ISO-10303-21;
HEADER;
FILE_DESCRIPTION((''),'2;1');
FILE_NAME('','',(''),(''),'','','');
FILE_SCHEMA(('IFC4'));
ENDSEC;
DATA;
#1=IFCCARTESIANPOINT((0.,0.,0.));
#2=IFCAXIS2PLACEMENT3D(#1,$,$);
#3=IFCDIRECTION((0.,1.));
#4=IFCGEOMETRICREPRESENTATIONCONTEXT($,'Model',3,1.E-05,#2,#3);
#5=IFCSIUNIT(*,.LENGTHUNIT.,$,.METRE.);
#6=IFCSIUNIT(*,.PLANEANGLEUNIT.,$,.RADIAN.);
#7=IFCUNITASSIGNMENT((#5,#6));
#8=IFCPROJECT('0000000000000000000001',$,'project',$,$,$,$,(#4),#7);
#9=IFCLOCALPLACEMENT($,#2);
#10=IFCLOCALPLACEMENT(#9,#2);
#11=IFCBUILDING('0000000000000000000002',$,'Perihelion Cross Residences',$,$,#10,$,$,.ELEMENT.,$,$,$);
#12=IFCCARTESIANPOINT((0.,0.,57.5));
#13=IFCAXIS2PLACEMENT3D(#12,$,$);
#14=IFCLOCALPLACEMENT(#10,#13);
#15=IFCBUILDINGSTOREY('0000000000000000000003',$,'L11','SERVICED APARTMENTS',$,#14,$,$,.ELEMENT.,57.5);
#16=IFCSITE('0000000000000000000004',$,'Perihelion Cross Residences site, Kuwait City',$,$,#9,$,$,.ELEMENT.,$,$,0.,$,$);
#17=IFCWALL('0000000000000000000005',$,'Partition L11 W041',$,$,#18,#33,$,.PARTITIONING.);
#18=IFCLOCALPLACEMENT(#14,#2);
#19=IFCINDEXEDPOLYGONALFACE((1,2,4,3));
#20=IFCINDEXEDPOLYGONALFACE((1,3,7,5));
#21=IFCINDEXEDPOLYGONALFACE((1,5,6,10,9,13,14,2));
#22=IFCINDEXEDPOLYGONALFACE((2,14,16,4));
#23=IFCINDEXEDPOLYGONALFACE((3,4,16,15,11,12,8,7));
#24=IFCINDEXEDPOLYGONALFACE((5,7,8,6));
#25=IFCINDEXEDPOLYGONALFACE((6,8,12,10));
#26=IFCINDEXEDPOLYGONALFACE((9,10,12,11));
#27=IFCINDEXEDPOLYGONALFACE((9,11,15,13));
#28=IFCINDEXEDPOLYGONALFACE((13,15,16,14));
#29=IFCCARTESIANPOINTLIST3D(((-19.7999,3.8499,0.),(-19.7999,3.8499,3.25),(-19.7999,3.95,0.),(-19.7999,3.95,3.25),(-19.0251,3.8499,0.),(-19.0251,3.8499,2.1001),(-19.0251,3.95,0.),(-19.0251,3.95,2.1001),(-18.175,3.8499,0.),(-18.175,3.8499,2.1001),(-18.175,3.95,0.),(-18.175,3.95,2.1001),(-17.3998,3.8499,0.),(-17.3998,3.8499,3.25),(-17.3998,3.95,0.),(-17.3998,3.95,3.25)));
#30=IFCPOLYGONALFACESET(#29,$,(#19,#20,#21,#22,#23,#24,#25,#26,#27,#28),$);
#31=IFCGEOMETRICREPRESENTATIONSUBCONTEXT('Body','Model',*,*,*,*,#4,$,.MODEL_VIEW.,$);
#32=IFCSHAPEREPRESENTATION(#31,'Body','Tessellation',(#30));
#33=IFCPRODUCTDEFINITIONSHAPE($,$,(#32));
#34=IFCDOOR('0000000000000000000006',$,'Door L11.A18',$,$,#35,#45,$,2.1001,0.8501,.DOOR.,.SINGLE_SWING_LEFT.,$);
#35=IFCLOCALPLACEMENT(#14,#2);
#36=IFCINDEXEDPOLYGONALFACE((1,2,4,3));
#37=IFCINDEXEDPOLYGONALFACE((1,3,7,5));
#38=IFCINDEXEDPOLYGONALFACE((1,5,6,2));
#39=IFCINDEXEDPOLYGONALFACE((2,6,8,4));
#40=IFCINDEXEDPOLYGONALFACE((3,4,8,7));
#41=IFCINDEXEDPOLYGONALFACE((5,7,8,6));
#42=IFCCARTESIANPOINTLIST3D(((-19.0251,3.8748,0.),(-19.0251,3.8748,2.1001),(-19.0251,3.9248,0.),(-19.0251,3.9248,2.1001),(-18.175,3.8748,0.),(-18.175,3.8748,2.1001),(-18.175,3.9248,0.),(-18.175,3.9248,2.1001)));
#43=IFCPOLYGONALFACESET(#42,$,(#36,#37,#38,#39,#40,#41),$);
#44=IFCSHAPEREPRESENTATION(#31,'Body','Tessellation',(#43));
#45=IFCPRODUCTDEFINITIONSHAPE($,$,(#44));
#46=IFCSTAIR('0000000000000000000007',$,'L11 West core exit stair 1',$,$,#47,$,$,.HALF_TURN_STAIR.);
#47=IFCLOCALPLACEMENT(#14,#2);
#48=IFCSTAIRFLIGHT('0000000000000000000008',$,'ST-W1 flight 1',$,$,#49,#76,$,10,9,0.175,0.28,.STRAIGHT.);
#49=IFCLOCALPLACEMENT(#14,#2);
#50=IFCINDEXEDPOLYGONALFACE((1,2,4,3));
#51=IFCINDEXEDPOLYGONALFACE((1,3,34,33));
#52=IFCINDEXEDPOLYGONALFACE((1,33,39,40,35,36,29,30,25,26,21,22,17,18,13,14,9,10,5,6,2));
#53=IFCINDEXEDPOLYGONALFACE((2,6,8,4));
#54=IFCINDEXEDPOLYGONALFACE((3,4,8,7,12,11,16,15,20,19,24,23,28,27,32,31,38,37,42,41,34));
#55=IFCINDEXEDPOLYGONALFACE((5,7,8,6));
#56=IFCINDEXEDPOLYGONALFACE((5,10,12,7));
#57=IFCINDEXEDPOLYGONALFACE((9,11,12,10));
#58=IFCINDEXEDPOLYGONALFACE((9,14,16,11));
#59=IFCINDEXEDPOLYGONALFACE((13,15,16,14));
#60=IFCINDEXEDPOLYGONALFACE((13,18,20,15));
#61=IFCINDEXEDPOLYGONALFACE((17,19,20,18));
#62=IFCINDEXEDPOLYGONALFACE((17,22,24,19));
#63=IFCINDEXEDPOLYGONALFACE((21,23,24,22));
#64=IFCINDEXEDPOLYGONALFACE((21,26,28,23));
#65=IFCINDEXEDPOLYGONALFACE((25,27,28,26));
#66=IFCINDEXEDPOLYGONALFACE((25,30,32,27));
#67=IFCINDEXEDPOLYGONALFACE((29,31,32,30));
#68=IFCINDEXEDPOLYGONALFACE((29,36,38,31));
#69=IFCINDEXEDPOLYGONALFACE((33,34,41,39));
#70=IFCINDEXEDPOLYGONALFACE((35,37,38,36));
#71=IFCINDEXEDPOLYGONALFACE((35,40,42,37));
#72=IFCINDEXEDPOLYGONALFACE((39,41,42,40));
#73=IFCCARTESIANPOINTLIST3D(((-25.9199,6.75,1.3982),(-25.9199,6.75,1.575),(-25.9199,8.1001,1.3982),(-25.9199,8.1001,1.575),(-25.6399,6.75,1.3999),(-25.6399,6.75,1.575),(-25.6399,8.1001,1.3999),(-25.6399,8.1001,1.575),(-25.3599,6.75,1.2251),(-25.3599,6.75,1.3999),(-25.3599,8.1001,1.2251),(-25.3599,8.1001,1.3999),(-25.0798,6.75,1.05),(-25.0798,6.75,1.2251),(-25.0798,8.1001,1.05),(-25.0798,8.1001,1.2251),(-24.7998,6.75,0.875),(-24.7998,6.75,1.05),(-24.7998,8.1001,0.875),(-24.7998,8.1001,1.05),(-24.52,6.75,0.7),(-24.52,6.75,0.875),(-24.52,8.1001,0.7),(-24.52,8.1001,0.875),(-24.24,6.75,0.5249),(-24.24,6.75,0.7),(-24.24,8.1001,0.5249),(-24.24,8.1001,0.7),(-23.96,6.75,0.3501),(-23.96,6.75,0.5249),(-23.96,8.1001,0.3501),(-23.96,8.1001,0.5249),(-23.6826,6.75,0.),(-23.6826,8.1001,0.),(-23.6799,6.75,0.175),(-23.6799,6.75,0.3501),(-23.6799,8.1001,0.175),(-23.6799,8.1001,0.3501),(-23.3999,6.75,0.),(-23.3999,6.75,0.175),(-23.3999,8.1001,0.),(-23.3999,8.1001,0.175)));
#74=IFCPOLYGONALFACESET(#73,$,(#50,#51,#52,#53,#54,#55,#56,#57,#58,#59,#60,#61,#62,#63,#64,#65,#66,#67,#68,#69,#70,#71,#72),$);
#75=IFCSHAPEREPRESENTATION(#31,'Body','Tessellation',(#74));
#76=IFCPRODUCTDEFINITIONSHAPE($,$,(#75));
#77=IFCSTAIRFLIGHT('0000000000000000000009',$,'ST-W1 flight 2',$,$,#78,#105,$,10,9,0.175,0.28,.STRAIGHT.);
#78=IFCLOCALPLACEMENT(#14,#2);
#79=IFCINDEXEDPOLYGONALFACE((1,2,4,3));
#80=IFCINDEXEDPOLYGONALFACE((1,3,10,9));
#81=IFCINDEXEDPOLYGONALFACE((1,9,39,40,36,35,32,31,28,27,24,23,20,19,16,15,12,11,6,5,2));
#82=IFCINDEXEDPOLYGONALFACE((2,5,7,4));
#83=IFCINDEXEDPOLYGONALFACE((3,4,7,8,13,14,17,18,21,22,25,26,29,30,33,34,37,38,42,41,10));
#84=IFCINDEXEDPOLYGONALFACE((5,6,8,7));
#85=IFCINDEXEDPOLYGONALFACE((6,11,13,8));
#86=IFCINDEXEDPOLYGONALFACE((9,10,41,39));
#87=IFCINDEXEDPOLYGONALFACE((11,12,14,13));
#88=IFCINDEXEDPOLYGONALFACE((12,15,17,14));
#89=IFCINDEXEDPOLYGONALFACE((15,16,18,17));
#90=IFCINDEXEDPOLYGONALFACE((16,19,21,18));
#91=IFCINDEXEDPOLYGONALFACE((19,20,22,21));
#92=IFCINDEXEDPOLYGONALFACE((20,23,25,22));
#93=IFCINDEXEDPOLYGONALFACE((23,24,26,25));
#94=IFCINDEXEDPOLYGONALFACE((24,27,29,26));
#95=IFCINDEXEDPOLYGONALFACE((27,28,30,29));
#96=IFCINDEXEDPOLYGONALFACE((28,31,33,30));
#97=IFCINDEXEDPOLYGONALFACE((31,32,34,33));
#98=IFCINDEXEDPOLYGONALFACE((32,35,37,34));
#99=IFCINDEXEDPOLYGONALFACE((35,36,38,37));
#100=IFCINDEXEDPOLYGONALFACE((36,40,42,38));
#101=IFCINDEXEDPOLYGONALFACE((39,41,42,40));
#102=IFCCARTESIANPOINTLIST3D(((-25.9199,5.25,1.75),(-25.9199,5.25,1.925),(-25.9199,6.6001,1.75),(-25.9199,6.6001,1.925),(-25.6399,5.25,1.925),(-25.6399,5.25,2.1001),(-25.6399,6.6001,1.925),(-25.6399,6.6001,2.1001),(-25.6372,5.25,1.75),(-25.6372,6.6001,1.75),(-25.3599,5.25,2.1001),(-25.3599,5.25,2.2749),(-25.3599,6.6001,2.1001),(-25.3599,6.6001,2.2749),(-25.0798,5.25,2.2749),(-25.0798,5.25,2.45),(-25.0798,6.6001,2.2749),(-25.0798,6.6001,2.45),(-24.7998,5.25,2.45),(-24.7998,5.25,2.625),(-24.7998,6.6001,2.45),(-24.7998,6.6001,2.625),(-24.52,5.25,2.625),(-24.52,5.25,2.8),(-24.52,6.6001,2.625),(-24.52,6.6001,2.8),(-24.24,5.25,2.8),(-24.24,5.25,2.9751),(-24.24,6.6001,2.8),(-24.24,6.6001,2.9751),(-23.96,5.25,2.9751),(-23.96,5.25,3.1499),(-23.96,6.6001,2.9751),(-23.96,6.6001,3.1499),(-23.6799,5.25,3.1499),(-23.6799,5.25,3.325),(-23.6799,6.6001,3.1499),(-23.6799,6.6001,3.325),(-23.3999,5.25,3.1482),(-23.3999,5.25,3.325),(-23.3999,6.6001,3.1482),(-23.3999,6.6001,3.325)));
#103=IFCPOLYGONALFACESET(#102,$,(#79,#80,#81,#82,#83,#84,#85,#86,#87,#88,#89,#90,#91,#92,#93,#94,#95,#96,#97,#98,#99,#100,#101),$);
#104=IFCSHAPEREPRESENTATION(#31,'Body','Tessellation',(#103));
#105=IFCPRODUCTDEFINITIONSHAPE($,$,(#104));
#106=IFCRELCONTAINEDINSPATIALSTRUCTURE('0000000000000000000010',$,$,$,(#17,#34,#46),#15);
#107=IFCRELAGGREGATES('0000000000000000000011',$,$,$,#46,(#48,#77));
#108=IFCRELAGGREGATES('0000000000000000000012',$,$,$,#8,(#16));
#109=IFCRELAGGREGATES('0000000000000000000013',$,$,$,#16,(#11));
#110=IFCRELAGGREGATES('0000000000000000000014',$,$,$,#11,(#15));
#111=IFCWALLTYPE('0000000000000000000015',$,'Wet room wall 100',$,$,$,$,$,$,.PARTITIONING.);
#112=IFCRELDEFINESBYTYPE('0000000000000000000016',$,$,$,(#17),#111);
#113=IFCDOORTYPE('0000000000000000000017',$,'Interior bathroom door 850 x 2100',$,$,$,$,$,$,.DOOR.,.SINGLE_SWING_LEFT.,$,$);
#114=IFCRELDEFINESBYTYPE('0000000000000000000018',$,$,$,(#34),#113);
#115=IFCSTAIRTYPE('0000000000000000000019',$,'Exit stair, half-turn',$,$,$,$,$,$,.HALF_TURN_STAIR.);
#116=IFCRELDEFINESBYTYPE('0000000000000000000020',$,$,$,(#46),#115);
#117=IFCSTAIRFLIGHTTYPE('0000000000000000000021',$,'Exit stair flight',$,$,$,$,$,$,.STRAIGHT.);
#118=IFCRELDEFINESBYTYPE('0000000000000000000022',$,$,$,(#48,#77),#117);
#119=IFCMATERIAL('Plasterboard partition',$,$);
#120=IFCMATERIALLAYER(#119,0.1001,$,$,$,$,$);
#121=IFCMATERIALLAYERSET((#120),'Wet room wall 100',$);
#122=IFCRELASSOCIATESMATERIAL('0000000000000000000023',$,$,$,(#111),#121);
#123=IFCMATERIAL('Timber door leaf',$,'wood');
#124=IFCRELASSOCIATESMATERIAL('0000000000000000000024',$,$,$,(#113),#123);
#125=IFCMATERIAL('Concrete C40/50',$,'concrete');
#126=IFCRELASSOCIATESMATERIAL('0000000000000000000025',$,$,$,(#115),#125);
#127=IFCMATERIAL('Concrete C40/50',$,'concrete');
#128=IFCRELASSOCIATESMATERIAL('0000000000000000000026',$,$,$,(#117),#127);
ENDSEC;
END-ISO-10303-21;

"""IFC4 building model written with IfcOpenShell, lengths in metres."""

from ifc_helpers import new_model, si_unit, direction, frame, frame_2d, origin, place, context, subcontext, project, spatial, polyline, rectangle, outline, extrude, material, layer, layer_set, type_object, element, fill, aggregate, save


model = new_model("IFC4")

# Units and contexts
model_context = context("Model", 3, precision=1e-05, world=origin(), true_north=direction((0.0, 1.0)))
body_context = subcontext(model_context, "Body", "Model", "MODEL_VIEW")
ifc_project = project(units=[si_unit("LENGTHUNIT", "METRE"), si_unit("PLANEANGLEUNIT", "RADIAN")], contexts=[model_context])

# Site, building, storey
site_placement = place(None, origin())
site = spatial("IfcSite", under=ifc_project, at=site_placement, Name="Perihelion Cross Residences site, Kuwait City", CompositionType="ELEMENT", RefElevation=0.0)
building_placement = place(site_placement, origin())
building = spatial("IfcBuilding", under=site, at=building_placement, Name="Perihelion Cross Residences", CompositionType="ELEMENT")
storey_placement = place(building_placement, frame((0.0, 0.0, 57.5)))
storey = spatial("IfcBuildingStorey", under=building, at=storey_placement, Name="L11", Description="SERVICED APARTMENTS", CompositionType="ELEMENT", Elevation=57.5)

# Shared definitions
ifc_material_1 = material(Name="Plasterboard partition")
ifc_layer_1 = layer(ifc_material_1, 0.1001)
ifc_layer_set_1 = layer_set([ifc_layer_1], Name="Wet room wall 100")
wall_type_1 = type_object("IfcWallType", Name="Wet room wall 100", PredefinedType="PARTITIONING", material=ifc_layer_set_1)

# Wall, opening, door
wall_1_placement = place(storey_placement, frame((-19.8, 3.8999, 0.0), z_axis=(0.0, 0.0, 1.0), x_axis=(1.0, 0.0, 0.0)))
wall_1 = element("IfcWall", 1, at=wall_1_placement, inside=storey, type_object=wall_type_1, Name="Partition L11 W041", PredefinedType="PARTITIONING", context=body_context, shape_type="SweptSolid", body=[
    extrude(rectangle(XDim=2.4001, YDim=0.1001, at=frame_2d((1.2002, 0.0))), origin(), (0.0, 0.0, 1.0), 3.25),
])
opening_1_placement = place(wall_1_placement, frame((0.7749, 0.0, 0.0)))
opening_1 = element("IfcOpeningElement", 2, at=opening_1_placement, cuts=wall_1, PredefinedType="OPENING", context=body_context, shape_type="SweptSolid", body=[
    extrude(rectangle(XDim=0.8501, YDim=2.1001, at=frame_2d((0.425, 1.05))), frame((0.0, 0.0601, 0.0), z_axis=(0.0, -1.0, 0.0), x_axis=(1.0, 0.0, 0.0)), (0.0, 0.0, 1.0), 0.1201),
])
ifc_material_2 = material(Name="Timber door leaf", Category="wood")
door_type_1 = type_object("IfcDoorType", Name="Interior bathroom door 850 x 2100", OperationType="SINGLE_SWING_LEFT", PredefinedType="DOOR", material=ifc_material_2)
door_1_placement = place(opening_1_placement, origin())
door_1 = element("IfcDoor", 3, at=door_1_placement, inside=storey, type_object=door_type_1, Name="Door L11.A18", OperationType="SINGLE_SWING_LEFT", OverallHeight=2.1001, OverallWidth=0.8501, PredefinedType="DOOR", context=body_context, shape_type="SweptSolid", body=[
    extrude(rectangle(XDim=0.8501, YDim=2.1001, at=frame_2d((0.425, 1.05))), frame((0.0, 0.0249, 0.0), z_axis=(0.0, -1.0, 0.0), x_axis=(1.0, 0.0, 0.0)), (0.0, 0.0, 1.0), 0.05),
])
fill(opening_1, door_1)

# Stair, stair flights
ifc_material_3 = material(Name="Concrete C40/50", Category="concrete")
stair_type = type_object("IfcStairType", Name="Exit stair, half-turn", PredefinedType="HALF_TURN_STAIR", material=ifc_material_3)
stair_placement = place(storey_placement, origin())
stair = element("IfcStair", 4, at=stair_placement, inside=storey, type_object=stair_type, Name="L11 West core exit stair 1", PredefinedType="HALF_TURN_STAIR")
ifc_material_4 = material(Name="Concrete C40/50", Category="concrete")
stair_flight_type = type_object("IfcStairFlightType", Name="Exit stair flight", PredefinedType="STRAIGHT", material=ifc_material_4)
stair_flight_1_placement = place(storey_placement, frame((-23.3999, 7.425, 0.0), z_axis=(0.0, 0.0, 1.0), x_axis=(-1.0, 0.0, 0.0)))
stair_flight_1 = element("IfcStairFlight", 5, at=stair_flight_1_placement, type_object=stair_flight_type, Name="ST-W1 flight 1", NumberOfRisers=10, NumberOfTreads=9, PredefinedType="STRAIGHT", RiserHeight=0.175, TreadLength=0.28, context=body_context, shape_type="SweptSolid", body=[
    extrude(outline(polyline([(0.0, 0.0), (0.0, 0.175), (0.28, 0.175), (0.28, 0.3501), (0.5601, 0.3501), (0.5601, 0.5249), (0.8401, 0.5249), (0.8401, 0.7), (1.1201, 0.7), (1.1201, 0.875), (1.3999, 0.875), (1.3999, 1.05), (1.6799, 1.05), (1.6799, 1.2251), (1.96, 1.2251), (1.96, 1.3999), (2.24, 1.3999), (2.24, 1.575), (2.52, 1.575), (2.52, 1.75), (2.52, 1.3982), (0.2827, 0.0), (0.0, 0.0)])), frame((0.0, 0.675, 0.0), z_axis=(0.0, -1.0, 0.0), x_axis=(1.0, 0.0, 0.0)), (0.0, 0.0, 1.0), 1.3501),
])
stair_flight_2_placement = place(storey_placement, frame((-25.9199, 5.925, 1.75), z_axis=(0.0, 0.0, 1.0), x_axis=(1.0, 0.0, 0.0)))
stair_flight_2 = element("IfcStairFlight", 6, at=stair_flight_2_placement, type_object=stair_flight_type, Name="ST-W1 flight 2", NumberOfRisers=10, NumberOfTreads=9, PredefinedType="STRAIGHT", RiserHeight=0.175, TreadLength=0.28, context=body_context, shape_type="SweptSolid", body=[
    extrude(outline(polyline([(0.0, 0.0), (0.0, 0.175), (0.28, 0.175), (0.28, 0.3501), (0.5601, 0.3501), (0.5601, 0.5249), (0.8401, 0.5249), (0.8401, 0.7), (1.1201, 0.7), (1.1201, 0.875), (1.3999, 0.875), (1.3999, 1.05), (1.6799, 1.05), (1.6799, 1.2251), (1.96, 1.2251), (1.96, 1.3999), (2.24, 1.3999), (2.24, 1.575), (2.52, 1.575), (2.52, 1.75), (2.52, 1.3982), (0.2827, 0.0), (0.0, 0.0)])), frame((0.0, 0.675, 0.0), z_axis=(0.0, -1.0, 0.0), x_axis=(1.0, 0.0, 0.0)), (0.0, 0.0, 1.0), 1.3501),
])
aggregate(stair, [stair_flight_1, stair_flight_2])

save(model, "model.ifc")
